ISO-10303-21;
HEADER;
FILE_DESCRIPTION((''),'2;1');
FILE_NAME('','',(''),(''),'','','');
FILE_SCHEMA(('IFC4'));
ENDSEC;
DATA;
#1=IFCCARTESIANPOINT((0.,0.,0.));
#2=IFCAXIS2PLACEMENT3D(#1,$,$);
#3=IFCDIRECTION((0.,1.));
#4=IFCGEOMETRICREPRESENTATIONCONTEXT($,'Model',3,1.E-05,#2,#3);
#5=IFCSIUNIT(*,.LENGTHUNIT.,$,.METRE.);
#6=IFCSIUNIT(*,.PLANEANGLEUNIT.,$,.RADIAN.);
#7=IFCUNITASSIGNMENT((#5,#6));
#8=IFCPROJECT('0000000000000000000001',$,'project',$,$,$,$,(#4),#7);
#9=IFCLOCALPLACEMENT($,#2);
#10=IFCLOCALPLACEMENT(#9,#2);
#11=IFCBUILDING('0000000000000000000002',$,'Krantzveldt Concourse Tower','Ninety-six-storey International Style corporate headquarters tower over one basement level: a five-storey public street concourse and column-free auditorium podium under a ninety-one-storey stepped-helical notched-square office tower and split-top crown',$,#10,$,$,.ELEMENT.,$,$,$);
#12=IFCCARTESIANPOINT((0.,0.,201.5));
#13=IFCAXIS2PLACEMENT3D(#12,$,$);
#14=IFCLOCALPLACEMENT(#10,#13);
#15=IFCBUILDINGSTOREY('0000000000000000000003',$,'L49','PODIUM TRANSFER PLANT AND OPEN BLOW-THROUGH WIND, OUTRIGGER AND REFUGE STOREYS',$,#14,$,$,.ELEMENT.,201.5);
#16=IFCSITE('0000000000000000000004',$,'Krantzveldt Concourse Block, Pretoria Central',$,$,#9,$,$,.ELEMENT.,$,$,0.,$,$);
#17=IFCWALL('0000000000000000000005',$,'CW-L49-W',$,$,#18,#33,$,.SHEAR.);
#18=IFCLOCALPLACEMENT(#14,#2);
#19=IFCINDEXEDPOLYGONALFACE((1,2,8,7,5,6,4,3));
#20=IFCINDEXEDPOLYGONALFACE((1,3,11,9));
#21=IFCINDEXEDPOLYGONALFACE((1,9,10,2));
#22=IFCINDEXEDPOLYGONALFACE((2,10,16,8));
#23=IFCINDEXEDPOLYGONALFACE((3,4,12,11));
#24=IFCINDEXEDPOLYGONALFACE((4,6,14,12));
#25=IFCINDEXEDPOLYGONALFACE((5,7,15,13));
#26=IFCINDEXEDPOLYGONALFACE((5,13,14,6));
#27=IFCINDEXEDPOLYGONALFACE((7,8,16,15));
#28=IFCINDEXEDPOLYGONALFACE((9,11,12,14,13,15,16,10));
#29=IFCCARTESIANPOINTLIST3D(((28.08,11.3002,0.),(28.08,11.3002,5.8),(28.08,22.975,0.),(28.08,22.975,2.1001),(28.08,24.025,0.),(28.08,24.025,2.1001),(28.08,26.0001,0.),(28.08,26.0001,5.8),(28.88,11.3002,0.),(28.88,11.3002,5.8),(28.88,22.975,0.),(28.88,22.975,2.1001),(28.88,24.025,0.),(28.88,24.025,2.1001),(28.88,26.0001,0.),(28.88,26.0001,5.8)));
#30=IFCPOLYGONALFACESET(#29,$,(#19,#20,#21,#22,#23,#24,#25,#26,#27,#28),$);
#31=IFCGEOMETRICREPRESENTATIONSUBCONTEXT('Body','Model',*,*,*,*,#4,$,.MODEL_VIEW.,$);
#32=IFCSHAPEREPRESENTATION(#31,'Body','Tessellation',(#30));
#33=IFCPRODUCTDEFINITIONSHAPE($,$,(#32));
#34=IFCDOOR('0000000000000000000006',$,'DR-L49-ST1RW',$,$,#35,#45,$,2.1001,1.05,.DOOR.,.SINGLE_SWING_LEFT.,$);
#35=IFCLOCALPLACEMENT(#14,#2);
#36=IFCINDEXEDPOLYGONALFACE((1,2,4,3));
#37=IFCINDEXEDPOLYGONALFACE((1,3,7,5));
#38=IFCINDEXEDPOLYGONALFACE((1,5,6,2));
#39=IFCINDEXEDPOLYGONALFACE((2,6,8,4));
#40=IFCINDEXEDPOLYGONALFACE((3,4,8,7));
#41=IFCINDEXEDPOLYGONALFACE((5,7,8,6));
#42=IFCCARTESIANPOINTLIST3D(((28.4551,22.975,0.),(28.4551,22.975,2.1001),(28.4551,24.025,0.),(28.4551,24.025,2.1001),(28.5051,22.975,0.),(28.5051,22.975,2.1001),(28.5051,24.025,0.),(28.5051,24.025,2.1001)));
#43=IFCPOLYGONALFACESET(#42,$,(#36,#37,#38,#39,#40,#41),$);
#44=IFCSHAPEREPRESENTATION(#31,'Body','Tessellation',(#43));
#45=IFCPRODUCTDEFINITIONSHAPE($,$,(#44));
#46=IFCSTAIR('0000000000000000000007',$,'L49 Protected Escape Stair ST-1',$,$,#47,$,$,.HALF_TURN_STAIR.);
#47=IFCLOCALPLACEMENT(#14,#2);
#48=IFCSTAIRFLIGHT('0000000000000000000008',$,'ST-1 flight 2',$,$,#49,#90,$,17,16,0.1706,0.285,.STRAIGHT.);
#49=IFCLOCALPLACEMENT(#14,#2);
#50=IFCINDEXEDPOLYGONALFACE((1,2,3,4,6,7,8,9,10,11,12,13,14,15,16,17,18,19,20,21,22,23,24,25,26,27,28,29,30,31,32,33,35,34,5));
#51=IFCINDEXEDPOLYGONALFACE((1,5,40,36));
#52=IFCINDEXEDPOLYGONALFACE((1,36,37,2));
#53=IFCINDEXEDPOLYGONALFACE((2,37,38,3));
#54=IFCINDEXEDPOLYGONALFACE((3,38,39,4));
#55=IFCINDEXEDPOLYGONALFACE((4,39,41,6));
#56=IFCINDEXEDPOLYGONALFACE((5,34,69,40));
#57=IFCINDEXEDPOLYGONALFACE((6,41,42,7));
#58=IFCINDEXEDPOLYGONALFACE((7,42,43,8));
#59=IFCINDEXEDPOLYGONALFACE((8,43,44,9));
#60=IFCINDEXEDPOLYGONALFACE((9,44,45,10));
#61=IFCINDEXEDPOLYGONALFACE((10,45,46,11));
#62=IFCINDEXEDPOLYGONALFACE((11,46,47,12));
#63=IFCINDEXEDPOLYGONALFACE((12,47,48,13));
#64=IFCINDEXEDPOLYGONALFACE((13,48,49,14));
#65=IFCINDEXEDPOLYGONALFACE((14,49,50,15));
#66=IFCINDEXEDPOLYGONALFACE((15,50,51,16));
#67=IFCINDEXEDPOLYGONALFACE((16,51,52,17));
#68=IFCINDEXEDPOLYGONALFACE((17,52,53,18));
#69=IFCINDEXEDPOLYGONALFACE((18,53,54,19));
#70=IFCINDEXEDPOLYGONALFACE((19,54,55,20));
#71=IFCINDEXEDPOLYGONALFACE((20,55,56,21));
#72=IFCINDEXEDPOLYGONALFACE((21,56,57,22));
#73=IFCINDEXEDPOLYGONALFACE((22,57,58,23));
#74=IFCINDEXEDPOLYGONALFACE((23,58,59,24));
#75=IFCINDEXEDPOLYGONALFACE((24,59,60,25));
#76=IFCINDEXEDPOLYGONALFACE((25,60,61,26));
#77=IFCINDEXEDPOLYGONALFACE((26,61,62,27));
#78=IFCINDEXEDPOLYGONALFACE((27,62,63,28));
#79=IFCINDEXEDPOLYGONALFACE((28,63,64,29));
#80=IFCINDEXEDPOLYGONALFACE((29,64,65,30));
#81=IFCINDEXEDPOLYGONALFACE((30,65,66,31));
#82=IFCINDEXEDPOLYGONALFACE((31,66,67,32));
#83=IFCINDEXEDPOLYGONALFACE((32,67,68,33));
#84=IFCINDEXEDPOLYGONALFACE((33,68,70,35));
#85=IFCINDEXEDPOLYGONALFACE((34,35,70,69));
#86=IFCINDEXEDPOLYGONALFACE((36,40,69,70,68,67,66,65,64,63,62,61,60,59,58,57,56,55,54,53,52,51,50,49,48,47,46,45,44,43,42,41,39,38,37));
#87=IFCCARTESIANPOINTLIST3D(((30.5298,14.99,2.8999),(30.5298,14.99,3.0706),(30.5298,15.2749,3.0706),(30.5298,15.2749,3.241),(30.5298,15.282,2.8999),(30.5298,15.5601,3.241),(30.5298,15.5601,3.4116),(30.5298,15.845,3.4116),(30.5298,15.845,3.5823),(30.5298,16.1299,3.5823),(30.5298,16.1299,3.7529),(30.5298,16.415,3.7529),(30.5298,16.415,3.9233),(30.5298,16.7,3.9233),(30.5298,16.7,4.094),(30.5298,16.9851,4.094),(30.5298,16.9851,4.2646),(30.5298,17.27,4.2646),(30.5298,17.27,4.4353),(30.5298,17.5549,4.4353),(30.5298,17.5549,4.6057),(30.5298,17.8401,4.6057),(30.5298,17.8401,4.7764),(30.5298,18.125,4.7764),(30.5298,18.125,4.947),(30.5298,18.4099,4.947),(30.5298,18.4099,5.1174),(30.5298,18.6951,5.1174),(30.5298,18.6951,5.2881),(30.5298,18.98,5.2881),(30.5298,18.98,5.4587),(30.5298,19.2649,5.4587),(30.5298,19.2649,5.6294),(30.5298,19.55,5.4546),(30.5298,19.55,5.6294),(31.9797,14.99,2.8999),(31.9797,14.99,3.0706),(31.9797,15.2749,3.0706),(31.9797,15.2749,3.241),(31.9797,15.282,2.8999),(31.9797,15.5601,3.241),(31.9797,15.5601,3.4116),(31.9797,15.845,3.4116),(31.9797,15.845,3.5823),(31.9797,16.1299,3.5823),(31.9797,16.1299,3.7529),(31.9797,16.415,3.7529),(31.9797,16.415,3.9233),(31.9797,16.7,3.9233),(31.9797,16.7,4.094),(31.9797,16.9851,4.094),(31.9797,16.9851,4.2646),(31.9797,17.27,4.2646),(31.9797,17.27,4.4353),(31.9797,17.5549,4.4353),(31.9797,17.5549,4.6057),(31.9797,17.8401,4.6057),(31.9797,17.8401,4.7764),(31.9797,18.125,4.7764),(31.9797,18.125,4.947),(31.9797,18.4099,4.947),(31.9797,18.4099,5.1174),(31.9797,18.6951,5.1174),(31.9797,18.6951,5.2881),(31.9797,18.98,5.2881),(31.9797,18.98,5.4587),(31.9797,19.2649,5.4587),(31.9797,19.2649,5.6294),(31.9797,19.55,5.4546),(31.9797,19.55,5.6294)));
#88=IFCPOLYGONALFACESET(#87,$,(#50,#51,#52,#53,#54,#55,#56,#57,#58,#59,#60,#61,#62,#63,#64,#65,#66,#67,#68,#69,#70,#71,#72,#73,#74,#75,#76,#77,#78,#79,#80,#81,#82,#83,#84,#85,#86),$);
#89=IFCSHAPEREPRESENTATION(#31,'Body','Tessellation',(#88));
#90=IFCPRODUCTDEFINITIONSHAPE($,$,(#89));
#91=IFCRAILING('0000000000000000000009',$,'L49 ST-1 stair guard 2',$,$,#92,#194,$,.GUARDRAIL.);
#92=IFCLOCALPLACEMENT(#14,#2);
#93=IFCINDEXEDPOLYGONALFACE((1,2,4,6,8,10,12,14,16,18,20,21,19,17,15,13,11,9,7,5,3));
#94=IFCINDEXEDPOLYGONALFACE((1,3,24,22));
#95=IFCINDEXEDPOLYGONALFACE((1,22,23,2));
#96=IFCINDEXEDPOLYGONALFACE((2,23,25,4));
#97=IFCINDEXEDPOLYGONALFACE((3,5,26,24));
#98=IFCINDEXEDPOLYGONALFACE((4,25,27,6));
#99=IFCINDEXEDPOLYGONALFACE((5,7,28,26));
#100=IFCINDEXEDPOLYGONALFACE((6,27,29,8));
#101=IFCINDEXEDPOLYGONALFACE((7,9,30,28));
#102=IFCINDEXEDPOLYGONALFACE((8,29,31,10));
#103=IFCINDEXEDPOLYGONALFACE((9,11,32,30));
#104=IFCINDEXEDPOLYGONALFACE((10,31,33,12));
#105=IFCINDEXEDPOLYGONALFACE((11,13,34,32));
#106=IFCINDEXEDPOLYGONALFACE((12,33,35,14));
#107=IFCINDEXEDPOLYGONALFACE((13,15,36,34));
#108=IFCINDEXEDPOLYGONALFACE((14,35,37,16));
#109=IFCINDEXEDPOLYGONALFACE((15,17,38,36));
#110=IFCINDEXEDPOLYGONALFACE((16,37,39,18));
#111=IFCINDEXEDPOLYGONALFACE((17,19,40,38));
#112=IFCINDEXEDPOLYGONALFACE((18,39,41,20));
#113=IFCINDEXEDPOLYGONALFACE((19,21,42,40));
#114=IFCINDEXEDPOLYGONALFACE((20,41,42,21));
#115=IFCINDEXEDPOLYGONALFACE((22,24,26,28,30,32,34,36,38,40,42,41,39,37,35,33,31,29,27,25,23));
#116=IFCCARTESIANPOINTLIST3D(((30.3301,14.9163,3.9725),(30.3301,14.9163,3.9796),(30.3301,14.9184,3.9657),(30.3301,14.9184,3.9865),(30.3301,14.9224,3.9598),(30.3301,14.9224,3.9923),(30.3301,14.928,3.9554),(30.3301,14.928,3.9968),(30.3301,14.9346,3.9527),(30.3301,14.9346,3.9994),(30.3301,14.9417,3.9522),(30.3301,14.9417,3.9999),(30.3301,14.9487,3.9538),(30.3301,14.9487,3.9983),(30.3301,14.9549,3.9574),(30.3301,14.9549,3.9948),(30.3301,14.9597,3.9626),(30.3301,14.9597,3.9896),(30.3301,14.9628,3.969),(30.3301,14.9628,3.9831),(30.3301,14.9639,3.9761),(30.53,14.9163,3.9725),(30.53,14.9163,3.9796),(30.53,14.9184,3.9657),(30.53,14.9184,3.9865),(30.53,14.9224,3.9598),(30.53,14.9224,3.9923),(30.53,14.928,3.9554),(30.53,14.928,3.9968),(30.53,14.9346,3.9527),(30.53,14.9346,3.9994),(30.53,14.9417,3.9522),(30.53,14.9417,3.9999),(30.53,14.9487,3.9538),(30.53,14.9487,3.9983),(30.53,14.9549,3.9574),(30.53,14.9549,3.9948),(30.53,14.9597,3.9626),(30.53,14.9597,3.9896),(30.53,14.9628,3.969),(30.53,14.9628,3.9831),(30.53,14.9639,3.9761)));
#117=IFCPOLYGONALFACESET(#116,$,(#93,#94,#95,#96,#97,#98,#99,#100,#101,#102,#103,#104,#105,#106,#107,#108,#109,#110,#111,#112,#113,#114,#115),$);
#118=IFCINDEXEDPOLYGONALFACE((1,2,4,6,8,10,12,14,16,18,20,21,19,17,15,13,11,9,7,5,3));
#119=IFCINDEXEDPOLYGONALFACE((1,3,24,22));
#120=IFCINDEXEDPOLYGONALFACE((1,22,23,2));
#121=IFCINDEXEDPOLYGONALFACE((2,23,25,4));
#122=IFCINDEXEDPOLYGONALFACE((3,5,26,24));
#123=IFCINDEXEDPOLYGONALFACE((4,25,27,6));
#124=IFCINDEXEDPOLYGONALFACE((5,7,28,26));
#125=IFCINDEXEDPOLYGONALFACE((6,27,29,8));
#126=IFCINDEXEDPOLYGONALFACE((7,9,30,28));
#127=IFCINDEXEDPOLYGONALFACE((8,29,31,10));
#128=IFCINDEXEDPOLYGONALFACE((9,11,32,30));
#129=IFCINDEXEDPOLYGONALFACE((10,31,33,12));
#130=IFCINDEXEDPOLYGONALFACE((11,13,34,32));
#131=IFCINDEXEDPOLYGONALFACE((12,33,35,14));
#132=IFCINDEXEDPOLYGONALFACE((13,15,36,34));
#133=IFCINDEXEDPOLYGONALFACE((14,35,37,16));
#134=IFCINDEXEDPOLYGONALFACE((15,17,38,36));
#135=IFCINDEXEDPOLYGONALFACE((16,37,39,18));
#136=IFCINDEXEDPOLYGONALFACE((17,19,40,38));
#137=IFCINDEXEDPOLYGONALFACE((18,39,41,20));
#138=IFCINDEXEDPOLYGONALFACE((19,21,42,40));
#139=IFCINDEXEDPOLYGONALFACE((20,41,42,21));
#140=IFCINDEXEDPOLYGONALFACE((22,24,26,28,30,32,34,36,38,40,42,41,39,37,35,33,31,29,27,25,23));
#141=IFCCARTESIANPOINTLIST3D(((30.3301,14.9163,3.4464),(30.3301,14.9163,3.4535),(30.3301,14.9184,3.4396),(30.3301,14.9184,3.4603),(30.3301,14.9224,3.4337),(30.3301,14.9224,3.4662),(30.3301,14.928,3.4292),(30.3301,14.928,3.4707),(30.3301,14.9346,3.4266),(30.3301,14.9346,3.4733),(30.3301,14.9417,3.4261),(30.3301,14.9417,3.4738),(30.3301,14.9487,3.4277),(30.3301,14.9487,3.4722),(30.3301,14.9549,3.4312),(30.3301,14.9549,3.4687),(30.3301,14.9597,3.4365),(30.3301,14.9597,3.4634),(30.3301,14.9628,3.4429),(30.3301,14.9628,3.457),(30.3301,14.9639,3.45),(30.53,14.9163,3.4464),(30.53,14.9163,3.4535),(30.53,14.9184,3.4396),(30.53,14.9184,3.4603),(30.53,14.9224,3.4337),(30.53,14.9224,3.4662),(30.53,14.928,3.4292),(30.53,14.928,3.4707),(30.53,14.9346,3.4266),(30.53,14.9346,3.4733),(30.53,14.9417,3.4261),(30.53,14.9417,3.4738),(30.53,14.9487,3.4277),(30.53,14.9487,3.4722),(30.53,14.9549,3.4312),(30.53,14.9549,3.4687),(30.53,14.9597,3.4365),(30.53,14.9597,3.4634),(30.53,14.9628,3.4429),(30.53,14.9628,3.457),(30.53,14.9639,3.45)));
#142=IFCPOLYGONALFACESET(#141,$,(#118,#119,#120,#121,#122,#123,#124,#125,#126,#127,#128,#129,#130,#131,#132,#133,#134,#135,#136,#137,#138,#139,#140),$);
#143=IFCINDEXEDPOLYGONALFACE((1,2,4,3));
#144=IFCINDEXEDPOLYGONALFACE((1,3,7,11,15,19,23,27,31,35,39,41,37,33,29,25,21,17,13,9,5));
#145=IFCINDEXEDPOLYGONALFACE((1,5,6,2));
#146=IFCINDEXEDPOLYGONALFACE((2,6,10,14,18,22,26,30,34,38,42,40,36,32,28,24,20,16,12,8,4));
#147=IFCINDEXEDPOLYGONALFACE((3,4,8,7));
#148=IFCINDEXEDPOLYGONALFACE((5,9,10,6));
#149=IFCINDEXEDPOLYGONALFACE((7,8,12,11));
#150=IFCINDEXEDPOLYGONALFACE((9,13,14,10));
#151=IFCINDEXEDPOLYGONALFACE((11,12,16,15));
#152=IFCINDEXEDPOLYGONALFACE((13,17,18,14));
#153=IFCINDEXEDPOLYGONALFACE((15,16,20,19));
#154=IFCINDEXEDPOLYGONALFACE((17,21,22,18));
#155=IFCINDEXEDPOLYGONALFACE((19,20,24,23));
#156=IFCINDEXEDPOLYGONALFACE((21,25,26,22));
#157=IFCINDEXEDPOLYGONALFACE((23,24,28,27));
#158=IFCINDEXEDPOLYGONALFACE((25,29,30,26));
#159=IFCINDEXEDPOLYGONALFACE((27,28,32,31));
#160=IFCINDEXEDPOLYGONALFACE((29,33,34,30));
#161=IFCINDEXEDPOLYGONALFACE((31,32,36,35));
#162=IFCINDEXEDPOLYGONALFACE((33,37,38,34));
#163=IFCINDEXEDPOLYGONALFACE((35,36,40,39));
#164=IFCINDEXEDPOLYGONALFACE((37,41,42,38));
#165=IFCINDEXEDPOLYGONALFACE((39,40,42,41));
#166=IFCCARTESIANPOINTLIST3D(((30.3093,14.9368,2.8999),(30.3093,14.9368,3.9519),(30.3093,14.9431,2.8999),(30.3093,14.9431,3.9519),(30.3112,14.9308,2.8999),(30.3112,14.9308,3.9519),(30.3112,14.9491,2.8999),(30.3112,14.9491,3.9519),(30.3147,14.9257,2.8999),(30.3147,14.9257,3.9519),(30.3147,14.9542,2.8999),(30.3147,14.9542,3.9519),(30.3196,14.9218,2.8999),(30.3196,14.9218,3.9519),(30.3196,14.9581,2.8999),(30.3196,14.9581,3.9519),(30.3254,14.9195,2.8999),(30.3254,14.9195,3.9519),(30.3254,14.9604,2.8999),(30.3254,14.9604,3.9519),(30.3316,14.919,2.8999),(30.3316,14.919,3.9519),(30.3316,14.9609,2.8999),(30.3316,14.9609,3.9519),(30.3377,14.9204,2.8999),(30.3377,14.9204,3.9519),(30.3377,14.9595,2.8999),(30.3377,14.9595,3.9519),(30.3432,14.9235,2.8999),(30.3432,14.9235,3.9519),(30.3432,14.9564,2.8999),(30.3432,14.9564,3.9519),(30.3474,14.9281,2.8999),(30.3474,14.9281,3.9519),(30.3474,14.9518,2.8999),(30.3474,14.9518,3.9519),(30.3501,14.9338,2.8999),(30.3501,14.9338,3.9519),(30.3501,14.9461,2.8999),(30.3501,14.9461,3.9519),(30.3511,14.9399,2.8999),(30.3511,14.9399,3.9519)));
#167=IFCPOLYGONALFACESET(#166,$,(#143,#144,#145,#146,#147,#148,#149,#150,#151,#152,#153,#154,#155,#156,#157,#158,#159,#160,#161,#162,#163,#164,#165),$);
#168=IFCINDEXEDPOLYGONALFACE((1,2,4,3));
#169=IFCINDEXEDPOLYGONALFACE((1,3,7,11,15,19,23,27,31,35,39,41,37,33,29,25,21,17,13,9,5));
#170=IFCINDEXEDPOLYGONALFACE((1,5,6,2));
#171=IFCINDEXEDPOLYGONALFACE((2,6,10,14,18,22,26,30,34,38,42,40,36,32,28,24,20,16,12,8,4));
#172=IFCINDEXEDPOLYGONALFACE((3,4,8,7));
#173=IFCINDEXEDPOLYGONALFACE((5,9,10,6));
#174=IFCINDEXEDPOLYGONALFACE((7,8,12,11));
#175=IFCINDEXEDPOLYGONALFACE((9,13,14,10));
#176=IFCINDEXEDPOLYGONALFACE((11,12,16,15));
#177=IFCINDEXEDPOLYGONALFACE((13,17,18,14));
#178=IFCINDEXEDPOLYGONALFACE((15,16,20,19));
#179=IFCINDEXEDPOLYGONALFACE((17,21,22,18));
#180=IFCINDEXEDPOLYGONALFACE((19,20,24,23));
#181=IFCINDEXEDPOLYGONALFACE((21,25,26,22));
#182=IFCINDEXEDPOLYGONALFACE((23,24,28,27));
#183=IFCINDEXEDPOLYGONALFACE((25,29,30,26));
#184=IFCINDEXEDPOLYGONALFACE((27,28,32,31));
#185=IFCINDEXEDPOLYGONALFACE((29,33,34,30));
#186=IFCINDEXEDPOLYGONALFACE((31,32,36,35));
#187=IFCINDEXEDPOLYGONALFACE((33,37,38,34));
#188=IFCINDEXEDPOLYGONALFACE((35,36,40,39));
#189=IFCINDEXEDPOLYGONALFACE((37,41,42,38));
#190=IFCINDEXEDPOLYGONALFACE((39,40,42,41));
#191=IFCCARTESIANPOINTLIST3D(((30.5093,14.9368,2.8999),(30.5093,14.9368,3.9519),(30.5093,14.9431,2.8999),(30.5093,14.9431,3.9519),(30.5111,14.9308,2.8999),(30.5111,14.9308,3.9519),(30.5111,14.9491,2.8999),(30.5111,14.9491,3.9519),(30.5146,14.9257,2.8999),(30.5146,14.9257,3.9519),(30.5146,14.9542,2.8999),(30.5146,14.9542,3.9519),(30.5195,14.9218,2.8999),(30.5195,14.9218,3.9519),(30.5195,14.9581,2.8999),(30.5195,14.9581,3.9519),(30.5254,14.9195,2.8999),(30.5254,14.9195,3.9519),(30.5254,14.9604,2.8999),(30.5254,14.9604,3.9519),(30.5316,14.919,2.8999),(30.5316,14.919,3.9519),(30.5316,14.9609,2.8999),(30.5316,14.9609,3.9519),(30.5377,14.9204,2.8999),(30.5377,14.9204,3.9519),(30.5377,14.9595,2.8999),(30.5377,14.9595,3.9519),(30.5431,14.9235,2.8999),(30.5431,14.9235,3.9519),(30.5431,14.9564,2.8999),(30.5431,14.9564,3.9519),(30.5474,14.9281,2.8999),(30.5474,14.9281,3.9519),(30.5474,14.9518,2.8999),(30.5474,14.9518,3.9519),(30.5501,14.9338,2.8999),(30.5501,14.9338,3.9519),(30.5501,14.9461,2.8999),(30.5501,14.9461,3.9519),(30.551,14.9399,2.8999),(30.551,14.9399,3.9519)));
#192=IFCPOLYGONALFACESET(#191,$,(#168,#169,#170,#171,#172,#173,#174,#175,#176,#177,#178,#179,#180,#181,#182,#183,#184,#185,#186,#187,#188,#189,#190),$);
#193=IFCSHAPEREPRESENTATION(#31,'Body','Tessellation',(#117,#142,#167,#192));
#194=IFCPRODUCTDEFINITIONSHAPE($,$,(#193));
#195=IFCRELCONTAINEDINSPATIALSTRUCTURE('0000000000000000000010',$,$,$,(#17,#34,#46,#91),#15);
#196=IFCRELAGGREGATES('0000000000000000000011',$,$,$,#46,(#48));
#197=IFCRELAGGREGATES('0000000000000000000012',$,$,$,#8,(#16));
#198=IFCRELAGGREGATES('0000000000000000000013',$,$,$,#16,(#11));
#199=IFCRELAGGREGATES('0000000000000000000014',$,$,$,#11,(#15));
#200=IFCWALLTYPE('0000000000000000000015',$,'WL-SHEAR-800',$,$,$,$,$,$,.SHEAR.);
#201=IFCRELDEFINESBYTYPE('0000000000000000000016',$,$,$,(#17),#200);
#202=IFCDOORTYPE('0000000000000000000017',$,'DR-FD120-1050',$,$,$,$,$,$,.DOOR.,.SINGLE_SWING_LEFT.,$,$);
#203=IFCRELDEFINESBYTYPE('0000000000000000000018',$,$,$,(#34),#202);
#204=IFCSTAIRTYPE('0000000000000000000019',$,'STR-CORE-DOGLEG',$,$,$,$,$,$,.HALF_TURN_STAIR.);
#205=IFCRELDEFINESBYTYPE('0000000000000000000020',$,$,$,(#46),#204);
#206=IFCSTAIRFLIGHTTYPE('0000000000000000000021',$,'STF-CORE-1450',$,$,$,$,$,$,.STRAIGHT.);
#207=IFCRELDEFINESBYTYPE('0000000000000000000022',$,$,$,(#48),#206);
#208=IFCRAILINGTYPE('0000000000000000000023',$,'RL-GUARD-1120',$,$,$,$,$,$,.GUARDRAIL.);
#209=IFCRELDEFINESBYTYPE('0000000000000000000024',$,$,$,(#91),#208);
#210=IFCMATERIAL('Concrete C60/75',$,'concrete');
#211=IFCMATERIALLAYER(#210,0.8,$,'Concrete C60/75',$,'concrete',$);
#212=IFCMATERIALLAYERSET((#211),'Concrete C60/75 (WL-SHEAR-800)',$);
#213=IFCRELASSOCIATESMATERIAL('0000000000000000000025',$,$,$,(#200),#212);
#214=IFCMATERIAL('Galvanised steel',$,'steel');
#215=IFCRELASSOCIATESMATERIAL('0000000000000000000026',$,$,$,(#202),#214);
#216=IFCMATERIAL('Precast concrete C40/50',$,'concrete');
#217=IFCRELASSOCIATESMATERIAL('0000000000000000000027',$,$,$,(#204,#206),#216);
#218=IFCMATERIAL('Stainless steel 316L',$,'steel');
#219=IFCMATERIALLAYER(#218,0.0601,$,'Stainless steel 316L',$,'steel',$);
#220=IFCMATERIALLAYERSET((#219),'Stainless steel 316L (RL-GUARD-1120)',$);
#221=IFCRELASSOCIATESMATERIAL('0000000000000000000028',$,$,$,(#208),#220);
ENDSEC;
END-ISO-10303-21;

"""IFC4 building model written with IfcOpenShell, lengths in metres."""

from ifc_helpers import new_model, si_unit, direction, frame, frame_2d, origin, origin_2d, place, context, subcontext, project, spatial, polyline, rectangle, circle, outline, extrude, material, layer, layer_set, type_object, element, fill, aggregate, save


model = new_model("IFC4")

# Units and contexts
model_context = context("Model", 3, precision=1e-05, world=origin(), true_north=direction((0.0, 1.0)))
body_context = subcontext(model_context, "Body", "Model", "MODEL_VIEW")
ifc_project = project(units=[si_unit("LENGTHUNIT", "METRE"), si_unit("PLANEANGLEUNIT", "RADIAN")], contexts=[model_context])

# Site, building, storey
site_placement = place(None, origin())
site = spatial("IfcSite", under=ifc_project, at=site_placement, Name="Krantzveldt Concourse Block, Pretoria Central", CompositionType="ELEMENT", RefElevation=0.0)
building_placement = place(site_placement, origin())
building = spatial("IfcBuilding", under=site, at=building_placement, Name="Krantzveldt Concourse Tower", Description="Ninety-six-storey International Style corporate headquarters tower over one basement level: a five-storey public street concourse and column-free auditorium podium under a ninety-one-storey stepped-helical notched-square office tower and split-top crown", CompositionType="ELEMENT")
storey_placement = place(building_placement, frame((0.0, 0.0, 201.5)))
storey = spatial("IfcBuildingStorey", under=building, at=storey_placement, Name="L49", Description="PODIUM TRANSFER PLANT AND OPEN BLOW-THROUGH WIND, OUTRIGGER AND REFUGE STOREYS", CompositionType="ELEMENT", Elevation=201.5)

# Shared definitions
ifc_material_1 = material(Name="Stainless steel 316L", Category="steel")

# Shared definitions
ifc_material_2 = material(Name="Concrete C60/75", Category="concrete")
ifc_layer_1 = layer(ifc_material_2, 0.8, Name="Concrete C60/75", Category="concrete")
ifc_layer_set_1 = layer_set([ifc_layer_1], Name="Concrete C60/75 (WL-SHEAR-800)")
wall_type_1 = type_object("IfcWallType", Name="WL-SHEAR-800", PredefinedType="SHEAR", material=ifc_layer_set_1)

# Wall, opening, door
wall_1_placement = place(storey_placement, frame((28.48, 11.3, 0.0), z_axis=(0.0, 0.0, 1.0), x_axis=(0.0, 1.0, 0.0)))
wall_1 = element("IfcWall", 1, at=wall_1_placement, inside=storey, type_object=wall_type_1, Name="CW-L49-W", PredefinedType="SHEAR", context=body_context, shape_type="SweptSolid", body=[
    extrude(rectangle(XDim=14.7, YDim=0.8, at=frame_2d((7.3501, 0.0))), origin(), (0.0, 0.0, 1.0), 5.8),
])
opening_1_placement = place(wall_1_placement, frame((11.675, 0.0, 0.0)))
opening_1 = element("IfcOpeningElement", 2, at=opening_1_placement, cuts=wall_1, PredefinedType="OPENING", context=body_context, shape_type="SweptSolid", body=[
    extrude(rectangle(XDim=1.05, YDim=2.1001, at=frame_2d((0.5249, 1.05))), frame((0.0, 0.4102, 0.0), z_axis=(0.0, -1.0, 0.0), x_axis=(1.0, 0.0, 0.0)), (0.0, 0.0, 1.0), 0.8201),
])
ifc_material_3 = material(Name="Galvanised steel", Category="steel")
door_type_1 = type_object("IfcDoorType", Name="DR-FD120-1050", OperationType="SINGLE_SWING_LEFT", PredefinedType="DOOR", material=ifc_material_3)
door_1_placement = place(opening_1_placement, origin())
door_1 = element("IfcDoor", 3, at=door_1_placement, inside=storey, type_object=door_type_1, Name="DR-L49-ST1RW", OperationType="SINGLE_SWING_LEFT", OverallHeight=2.1001, OverallWidth=1.05, PredefinedType="DOOR", context=body_context, shape_type="SweptSolid", body=[
    extrude(rectangle(XDim=1.05, YDim=2.1001, at=frame_2d((0.5249, 1.05))), frame((0.0, 0.0249, 0.0), z_axis=(0.0, -1.0, 0.0), x_axis=(1.0, 0.0, 0.0)), (0.0, 0.0, 1.0), 0.05),
])
fill(opening_1, door_1)

# Stair, stair flight
ifc_material_4 = material(Name="Precast concrete C40/50", Category="concrete")
stair_type = type_object("IfcStairType", Name="STR-CORE-DOGLEG", PredefinedType="HALF_TURN_STAIR", material=ifc_material_4)
stair_placement = place(storey_placement, origin())
stair = element("IfcStair", 4, at=stair_placement, inside=storey, type_object=stair_type, Name="L49 Protected Escape Stair ST-1", PredefinedType="HALF_TURN_STAIR")
stair_flight_type = type_object("IfcStairFlightType", Name="STF-CORE-1450", PredefinedType="STRAIGHT", material=ifc_material_4)
stair_flight_placement = place(storey_placement, frame((31.2549, 14.99, 2.8999), z_axis=(0.0, 0.0, 1.0), x_axis=(0.0, 1.0, 0.0)))
stair_flight = element("IfcStairFlight", 5, at=stair_flight_placement, type_object=stair_flight_type, Name="ST-1 flight 2", NumberOfRisers=17, NumberOfTreads=16, PredefinedType="STRAIGHT", RiserHeight=0.1706, TreadLength=0.285, context=body_context, shape_type="SweptSolid", body=[
    extrude(outline(polyline([(0.0, 0.0), (0.0, 0.1707), (0.2849, 0.1707), (0.2849, 0.3411), (0.5701, 0.3411), (0.5701, 0.5117), (0.855, 0.5117), (0.855, 0.6824), (1.1399, 0.6824), (1.1399, 0.853), (1.425, 0.853), (1.425, 1.0234), (1.71, 1.0234), (1.71, 1.1941), (1.9951, 1.1941), (1.9951, 1.3647), (2.28, 1.3647), (2.28, 1.5354), (2.5649, 1.5354), (2.5649, 1.7058), (2.8501, 1.7058), (2.8501, 1.8765), (3.135, 1.8765), (3.135, 2.0471), (3.4199, 2.0471), (3.4199, 2.2175), (3.7051, 2.2175), (3.7051, 2.3882), (3.99, 2.3882), (3.99, 2.5588), (4.2749, 2.5588), (4.2749, 2.7295), (4.5601, 2.7295), (4.5601, 2.8999), (4.5601, 2.5547), (0.292, 0.0), (0.0, 0.0)])), frame((0.0, 0.7251, 0.0), z_axis=(0.0, -1.0, 0.0), x_axis=(1.0, 0.0, 0.0)), (0.0, 0.0, 1.0), 1.45),
])
aggregate(stair, [stair_flight])

# Railing
ifc_layer_2 = layer(ifc_material_1, 0.0601, Name="Stainless steel 316L", Category="steel")
ifc_layer_set_2 = layer_set([ifc_layer_2], Name="Stainless steel 316L (RL-GUARD-1120)")
railing_type_1 = type_object("IfcRailingType", Name="RL-GUARD-1120", PredefinedType="GUARDRAIL", material=ifc_layer_set_2)
railing_1_placement = place(storey_placement, frame((30.3301, 14.9399, 2.8999)))
element("IfcRailing", 6, at=railing_1_placement, inside=storey, type_object=railing_type_1, Name="L49 ST-1 stair guard 2", PredefinedType="GUARDRAIL", context=body_context, shape_type="SweptSolid", body=[
    extrude(circle(Radius=0.0239, at=origin_2d()), frame((0.0, 0.0, 1.0762), z_axis=(1.0, 0.0, 0.0), x_axis=(0.0, 1.0, 0.0)), (0.0, 0.0, 1.0), 0.2),
    extrude(circle(Radius=0.0239, at=origin_2d()), frame((0.0, 0.0, 0.55), z_axis=(1.0, 0.0, 0.0), x_axis=(0.0, 1.0, 0.0)), (0.0, 0.0, 1.0), 0.2),
    extrude(circle(Radius=0.021, at=origin_2d()), origin(), (0.0, 0.0, 1.0), 1.052),
    extrude(circle(Radius=0.021, at=origin_2d()), frame((0.2, 0.0, 0.0)), (0.0, 0.0, 1.0), 1.052),
])

save(model, "model.ifc")
